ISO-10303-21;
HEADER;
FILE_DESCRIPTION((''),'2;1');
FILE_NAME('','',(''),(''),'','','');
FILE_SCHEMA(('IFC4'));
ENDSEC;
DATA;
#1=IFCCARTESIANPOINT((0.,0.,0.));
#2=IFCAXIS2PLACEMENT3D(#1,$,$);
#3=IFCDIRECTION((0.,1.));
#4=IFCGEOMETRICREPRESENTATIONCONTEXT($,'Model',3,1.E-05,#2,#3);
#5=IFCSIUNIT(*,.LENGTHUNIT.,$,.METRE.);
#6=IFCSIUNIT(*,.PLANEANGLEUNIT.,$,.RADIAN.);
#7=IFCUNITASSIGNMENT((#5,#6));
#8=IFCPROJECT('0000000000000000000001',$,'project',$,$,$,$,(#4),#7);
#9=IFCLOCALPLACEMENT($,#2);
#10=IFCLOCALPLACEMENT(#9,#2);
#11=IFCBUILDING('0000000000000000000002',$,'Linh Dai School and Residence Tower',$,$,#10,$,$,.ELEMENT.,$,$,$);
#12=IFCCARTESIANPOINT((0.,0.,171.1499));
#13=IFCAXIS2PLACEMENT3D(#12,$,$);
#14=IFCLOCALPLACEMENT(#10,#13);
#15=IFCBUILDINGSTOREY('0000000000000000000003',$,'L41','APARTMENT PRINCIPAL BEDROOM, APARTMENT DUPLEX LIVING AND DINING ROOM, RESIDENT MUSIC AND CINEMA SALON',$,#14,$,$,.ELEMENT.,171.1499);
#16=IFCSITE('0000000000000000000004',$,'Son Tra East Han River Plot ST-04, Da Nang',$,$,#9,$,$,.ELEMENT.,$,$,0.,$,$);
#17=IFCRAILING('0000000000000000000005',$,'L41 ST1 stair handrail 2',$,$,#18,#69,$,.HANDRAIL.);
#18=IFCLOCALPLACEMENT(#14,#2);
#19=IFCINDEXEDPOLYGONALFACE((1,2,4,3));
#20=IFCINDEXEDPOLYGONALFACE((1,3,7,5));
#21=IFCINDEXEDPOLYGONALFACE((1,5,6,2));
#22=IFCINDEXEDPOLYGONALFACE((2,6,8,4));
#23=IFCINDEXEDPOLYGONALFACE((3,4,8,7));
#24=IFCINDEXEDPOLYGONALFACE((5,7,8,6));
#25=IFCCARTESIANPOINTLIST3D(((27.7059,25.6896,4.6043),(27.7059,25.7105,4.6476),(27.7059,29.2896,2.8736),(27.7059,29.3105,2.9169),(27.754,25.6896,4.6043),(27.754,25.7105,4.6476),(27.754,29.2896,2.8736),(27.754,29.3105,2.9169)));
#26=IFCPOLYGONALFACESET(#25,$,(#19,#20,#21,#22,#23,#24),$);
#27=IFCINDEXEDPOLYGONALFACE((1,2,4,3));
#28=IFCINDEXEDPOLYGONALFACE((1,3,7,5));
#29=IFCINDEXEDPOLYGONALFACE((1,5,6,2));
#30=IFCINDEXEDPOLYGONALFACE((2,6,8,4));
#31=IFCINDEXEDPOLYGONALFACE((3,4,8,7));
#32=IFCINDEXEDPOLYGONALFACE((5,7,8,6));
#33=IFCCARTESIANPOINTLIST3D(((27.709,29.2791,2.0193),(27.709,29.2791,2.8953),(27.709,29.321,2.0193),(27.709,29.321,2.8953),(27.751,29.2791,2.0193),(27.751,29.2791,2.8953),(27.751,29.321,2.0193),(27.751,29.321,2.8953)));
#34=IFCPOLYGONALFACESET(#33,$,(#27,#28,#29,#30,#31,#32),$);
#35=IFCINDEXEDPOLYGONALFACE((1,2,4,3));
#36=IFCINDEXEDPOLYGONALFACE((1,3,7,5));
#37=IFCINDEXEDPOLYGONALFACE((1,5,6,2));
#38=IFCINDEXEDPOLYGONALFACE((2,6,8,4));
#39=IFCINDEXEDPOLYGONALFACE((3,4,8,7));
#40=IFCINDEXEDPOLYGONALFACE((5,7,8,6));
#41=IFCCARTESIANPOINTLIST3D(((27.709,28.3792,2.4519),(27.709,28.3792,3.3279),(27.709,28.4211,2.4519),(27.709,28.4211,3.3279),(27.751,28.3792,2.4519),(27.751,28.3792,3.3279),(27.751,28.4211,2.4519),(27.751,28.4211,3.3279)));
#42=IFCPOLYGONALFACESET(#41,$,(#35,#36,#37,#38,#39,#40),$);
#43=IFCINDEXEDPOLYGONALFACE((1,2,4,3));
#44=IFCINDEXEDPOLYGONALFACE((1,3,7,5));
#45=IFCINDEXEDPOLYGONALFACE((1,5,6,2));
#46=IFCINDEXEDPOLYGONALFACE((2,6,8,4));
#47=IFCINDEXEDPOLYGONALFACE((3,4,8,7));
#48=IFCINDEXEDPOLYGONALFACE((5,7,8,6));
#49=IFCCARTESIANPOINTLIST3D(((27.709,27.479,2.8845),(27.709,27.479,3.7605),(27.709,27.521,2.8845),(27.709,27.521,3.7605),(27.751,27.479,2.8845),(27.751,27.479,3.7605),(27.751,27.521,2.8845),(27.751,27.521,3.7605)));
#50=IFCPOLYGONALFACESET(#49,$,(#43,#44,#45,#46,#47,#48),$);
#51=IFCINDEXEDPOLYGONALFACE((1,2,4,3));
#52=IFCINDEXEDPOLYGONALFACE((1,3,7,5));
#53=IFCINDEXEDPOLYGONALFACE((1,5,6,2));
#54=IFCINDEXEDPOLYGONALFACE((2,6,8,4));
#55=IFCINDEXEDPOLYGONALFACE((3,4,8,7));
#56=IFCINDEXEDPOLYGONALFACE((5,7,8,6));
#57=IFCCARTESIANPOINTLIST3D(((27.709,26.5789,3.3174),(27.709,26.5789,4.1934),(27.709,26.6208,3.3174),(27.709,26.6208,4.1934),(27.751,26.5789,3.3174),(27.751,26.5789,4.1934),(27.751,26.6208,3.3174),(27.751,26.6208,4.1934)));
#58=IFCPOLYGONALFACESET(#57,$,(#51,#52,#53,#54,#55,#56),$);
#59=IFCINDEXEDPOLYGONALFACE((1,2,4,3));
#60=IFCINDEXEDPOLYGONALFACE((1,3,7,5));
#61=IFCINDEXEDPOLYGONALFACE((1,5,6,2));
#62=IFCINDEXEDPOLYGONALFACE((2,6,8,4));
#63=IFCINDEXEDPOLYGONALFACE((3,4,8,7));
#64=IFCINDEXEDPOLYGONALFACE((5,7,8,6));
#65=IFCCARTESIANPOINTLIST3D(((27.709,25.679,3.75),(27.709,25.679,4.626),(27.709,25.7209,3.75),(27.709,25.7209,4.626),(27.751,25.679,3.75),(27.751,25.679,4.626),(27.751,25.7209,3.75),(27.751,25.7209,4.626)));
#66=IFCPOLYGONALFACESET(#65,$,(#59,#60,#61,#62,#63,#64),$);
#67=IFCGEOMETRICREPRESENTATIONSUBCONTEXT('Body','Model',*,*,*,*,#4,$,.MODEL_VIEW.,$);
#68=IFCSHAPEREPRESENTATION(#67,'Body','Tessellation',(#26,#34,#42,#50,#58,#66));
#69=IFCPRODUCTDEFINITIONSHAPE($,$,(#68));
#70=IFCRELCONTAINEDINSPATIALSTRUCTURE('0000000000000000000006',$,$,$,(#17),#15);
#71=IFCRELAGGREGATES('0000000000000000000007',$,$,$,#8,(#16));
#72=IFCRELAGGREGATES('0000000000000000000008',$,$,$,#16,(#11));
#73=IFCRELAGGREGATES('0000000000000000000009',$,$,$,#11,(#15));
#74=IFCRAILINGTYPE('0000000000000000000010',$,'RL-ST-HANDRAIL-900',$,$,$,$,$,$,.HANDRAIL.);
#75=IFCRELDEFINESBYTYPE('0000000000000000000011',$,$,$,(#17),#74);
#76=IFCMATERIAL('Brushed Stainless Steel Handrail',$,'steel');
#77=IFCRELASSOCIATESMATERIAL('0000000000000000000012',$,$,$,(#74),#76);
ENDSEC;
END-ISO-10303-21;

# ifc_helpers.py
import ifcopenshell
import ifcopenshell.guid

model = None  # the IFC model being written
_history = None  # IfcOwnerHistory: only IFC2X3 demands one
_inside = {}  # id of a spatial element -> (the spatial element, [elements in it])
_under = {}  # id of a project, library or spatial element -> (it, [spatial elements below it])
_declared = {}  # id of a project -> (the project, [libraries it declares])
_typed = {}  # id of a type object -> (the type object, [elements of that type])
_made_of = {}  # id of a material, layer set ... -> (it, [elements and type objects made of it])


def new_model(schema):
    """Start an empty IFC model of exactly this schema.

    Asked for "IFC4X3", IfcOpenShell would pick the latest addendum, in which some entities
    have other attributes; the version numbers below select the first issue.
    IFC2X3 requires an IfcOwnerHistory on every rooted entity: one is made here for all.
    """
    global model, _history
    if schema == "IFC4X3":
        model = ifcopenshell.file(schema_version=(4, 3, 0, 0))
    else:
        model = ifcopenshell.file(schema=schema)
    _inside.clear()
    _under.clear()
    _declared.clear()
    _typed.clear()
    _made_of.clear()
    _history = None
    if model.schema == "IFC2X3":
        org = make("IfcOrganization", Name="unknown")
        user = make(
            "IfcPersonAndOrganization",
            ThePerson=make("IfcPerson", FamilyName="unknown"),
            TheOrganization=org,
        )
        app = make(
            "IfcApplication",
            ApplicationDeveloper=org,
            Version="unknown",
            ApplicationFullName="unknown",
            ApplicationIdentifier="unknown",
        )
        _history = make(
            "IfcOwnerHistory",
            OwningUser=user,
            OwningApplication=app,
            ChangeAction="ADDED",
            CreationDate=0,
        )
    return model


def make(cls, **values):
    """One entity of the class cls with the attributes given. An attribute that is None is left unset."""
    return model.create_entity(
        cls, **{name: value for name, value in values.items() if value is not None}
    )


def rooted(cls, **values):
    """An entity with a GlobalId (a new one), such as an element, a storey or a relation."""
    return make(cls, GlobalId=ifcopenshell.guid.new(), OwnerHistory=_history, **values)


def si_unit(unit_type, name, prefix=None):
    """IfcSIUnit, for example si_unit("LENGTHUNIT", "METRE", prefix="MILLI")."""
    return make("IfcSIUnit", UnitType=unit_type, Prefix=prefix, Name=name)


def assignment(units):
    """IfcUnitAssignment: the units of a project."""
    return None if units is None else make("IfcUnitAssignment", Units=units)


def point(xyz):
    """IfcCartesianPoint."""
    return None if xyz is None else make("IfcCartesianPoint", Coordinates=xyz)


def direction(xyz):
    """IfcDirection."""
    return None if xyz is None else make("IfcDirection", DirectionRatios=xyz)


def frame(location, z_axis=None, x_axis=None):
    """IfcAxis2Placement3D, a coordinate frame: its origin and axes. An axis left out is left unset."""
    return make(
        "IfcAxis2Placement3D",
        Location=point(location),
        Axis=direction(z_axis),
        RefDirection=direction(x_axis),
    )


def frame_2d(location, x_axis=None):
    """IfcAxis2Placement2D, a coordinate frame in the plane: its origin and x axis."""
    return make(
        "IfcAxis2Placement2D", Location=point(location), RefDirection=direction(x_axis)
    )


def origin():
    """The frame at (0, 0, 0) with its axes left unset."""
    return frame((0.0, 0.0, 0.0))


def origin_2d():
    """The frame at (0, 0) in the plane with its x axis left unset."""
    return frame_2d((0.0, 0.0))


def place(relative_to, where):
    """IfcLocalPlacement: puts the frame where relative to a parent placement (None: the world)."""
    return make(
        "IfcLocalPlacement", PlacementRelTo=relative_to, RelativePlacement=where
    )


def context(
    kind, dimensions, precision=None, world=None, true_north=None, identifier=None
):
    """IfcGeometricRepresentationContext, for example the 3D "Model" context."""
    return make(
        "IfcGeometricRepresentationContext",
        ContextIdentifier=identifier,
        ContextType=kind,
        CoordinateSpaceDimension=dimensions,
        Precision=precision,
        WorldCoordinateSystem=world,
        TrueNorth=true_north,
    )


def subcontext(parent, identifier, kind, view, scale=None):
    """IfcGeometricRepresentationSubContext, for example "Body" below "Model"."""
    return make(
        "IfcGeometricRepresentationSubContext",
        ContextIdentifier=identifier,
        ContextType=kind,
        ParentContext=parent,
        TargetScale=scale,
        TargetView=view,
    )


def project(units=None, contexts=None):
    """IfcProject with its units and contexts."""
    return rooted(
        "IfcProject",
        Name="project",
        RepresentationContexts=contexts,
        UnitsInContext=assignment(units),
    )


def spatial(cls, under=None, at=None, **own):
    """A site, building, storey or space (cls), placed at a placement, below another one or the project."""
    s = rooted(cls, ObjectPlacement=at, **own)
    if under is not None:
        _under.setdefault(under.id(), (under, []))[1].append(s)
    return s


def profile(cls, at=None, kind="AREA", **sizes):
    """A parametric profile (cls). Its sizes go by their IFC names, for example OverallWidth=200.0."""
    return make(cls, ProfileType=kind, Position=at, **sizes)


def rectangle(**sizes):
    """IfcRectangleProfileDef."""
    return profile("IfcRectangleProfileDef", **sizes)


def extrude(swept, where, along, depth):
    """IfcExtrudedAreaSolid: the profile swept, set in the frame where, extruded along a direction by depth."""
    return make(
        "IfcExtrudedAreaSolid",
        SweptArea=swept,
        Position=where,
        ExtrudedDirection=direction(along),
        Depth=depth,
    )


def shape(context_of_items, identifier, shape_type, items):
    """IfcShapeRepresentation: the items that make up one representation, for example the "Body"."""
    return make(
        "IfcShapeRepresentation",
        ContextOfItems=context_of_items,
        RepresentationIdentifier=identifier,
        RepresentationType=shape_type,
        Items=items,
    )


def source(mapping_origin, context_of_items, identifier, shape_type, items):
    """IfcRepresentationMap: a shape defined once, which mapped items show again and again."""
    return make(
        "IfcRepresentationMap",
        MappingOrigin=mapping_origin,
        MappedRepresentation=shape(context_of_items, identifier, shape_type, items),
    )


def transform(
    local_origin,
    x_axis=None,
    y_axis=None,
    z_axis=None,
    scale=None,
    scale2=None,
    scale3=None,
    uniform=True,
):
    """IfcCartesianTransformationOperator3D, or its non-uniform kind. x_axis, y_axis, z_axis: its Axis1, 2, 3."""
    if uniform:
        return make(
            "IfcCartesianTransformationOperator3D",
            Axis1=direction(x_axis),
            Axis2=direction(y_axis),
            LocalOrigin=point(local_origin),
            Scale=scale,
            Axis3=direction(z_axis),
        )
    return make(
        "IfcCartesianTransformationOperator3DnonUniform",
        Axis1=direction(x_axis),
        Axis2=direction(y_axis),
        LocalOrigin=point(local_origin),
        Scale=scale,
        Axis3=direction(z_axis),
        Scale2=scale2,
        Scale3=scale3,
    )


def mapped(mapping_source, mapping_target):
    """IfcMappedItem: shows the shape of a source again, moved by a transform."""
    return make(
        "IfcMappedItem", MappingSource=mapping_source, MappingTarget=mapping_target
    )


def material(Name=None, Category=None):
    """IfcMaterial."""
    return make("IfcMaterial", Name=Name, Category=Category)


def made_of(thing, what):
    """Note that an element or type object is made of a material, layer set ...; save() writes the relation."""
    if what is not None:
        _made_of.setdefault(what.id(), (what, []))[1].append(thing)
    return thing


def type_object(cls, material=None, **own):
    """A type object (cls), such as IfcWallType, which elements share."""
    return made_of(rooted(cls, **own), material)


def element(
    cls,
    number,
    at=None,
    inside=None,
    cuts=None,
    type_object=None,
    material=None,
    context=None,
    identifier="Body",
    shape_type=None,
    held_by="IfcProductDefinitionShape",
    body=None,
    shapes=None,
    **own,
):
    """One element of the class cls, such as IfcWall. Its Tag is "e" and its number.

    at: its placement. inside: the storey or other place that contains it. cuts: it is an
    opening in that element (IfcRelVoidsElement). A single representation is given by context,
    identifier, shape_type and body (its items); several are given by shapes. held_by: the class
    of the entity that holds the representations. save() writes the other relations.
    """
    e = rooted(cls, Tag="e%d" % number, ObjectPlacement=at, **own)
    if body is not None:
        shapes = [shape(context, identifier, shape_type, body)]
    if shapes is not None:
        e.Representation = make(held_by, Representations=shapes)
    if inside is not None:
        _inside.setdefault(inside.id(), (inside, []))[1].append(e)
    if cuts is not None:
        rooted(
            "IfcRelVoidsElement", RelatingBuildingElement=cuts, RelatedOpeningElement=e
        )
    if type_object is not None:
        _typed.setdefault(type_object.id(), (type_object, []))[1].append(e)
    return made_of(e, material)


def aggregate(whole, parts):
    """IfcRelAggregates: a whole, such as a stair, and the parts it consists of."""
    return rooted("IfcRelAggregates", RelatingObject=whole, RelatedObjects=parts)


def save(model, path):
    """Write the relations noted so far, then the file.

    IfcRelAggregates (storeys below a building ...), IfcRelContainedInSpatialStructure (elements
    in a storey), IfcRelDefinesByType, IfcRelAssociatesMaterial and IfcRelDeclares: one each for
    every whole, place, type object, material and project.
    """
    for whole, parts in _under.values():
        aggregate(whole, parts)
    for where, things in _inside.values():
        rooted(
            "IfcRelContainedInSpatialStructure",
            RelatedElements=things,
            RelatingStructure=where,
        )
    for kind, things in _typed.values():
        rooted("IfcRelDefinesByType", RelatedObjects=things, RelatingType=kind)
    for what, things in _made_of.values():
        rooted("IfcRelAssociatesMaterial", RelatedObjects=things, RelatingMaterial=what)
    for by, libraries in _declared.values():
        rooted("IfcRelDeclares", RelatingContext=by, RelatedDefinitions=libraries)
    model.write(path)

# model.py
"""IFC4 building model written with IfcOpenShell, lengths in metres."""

from ifc_helpers import new_model, si_unit, direction, frame, origin, origin_2d, place, context, subcontext, project, spatial, rectangle, extrude, source, transform, mapped, material, type_object, element, save


model = new_model("IFC4")

# Units and contexts
model_context = context("Model", 3, precision=1e-05, world=origin(), true_north=direction((0.0, 1.0)))
body_context = subcontext(model_context, "Body", "Model", "MODEL_VIEW")
ifc_project = project(units=[si_unit("LENGTHUNIT", "METRE"), si_unit("PLANEANGLEUNIT", "RADIAN")], contexts=[model_context])

# Site, building, storey
site_placement = place(None, origin())
site = spatial("IfcSite", under=ifc_project, at=site_placement, Name="Son Tra East Han River Plot ST-04, Da Nang", CompositionType="ELEMENT", RefElevation=0.0)
building_placement = place(site_placement, origin())
building = spatial("IfcBuilding", under=site, at=building_placement, Name="Linh Dai School and Residence Tower", CompositionType="ELEMENT")
storey_placement = place(building_placement, frame((0.0, 0.0, 171.1499)))
storey = spatial("IfcBuildingStorey", under=building, at=storey_placement, Name="L41", Description="APARTMENT PRINCIPAL BEDROOM, APARTMENT DUPLEX LIVING AND DINING ROOM, RESIDENT MUSIC AND CINEMA SALON", CompositionType="ELEMENT", Elevation=171.1499)

# Railing
ifc_material_1 = material(Name="Brushed Stainless Steel Handrail", Category="steel")
railing_type_1 = type_object("IfcRailingType", Name="RL-ST-HANDRAIL-900", PredefinedType="HANDRAIL", material=ifc_material_1)
shared_shape_1 = source(origin(), body_context, "Body", "SweptSolid", [
    extrude(rectangle(XDim=0.0481, YDim=0.0481, at=origin_2d()), frame((0.0, 0.0, 0.876), z_axis=(0.0, -0.901263, 0.433273), x_axis=(1.0, 0.0, 0.0)), (0.0, 0.0, 1.0), 3.9944),
    extrude(rectangle(XDim=0.042, YDim=0.042, at=origin_2d()), origin(), (0.0, 0.0, 1.0), 0.876),
    extrude(rectangle(XDim=0.042, YDim=0.042, at=origin_2d()), frame((0.0, -0.8999, 0.4326)), (0.0, 0.0, 1.0), 0.876),
    extrude(rectangle(XDim=0.042, YDim=0.042, at=origin_2d()), frame((0.0, -1.8, 0.8652)), (0.0, 0.0, 1.0), 0.876),
    extrude(rectangle(XDim=0.042, YDim=0.042, at=origin_2d()), frame((0.0, -2.7002, 1.2981)), (0.0, 0.0, 1.0), 0.876),
    extrude(rectangle(XDim=0.042, YDim=0.042, at=origin_2d()), frame((0.0, -3.6001, 1.7307)), (0.0, 0.0, 1.0), 0.876),
])
railing_1_placement = place(storey_placement, frame((27.73, 29.3, 2.0193)))
element("IfcRailing", 1, at=railing_1_placement, inside=storey, type_object=railing_type_1, Name="L41 ST1 stair handrail 2", PredefinedType="HANDRAIL", context=body_context, shape_type="MappedRepresentation", body=[
    mapped(shared_shape_1, transform((0.0, 0.0, 0.0), x_axis=(1.0, 0.0, 0.0), y_axis=(0.0, 1.0, 0.0), z_axis=(0.0, 0.0, 1.0), scale=1.0)),
])

save(model, "model.ifc")
